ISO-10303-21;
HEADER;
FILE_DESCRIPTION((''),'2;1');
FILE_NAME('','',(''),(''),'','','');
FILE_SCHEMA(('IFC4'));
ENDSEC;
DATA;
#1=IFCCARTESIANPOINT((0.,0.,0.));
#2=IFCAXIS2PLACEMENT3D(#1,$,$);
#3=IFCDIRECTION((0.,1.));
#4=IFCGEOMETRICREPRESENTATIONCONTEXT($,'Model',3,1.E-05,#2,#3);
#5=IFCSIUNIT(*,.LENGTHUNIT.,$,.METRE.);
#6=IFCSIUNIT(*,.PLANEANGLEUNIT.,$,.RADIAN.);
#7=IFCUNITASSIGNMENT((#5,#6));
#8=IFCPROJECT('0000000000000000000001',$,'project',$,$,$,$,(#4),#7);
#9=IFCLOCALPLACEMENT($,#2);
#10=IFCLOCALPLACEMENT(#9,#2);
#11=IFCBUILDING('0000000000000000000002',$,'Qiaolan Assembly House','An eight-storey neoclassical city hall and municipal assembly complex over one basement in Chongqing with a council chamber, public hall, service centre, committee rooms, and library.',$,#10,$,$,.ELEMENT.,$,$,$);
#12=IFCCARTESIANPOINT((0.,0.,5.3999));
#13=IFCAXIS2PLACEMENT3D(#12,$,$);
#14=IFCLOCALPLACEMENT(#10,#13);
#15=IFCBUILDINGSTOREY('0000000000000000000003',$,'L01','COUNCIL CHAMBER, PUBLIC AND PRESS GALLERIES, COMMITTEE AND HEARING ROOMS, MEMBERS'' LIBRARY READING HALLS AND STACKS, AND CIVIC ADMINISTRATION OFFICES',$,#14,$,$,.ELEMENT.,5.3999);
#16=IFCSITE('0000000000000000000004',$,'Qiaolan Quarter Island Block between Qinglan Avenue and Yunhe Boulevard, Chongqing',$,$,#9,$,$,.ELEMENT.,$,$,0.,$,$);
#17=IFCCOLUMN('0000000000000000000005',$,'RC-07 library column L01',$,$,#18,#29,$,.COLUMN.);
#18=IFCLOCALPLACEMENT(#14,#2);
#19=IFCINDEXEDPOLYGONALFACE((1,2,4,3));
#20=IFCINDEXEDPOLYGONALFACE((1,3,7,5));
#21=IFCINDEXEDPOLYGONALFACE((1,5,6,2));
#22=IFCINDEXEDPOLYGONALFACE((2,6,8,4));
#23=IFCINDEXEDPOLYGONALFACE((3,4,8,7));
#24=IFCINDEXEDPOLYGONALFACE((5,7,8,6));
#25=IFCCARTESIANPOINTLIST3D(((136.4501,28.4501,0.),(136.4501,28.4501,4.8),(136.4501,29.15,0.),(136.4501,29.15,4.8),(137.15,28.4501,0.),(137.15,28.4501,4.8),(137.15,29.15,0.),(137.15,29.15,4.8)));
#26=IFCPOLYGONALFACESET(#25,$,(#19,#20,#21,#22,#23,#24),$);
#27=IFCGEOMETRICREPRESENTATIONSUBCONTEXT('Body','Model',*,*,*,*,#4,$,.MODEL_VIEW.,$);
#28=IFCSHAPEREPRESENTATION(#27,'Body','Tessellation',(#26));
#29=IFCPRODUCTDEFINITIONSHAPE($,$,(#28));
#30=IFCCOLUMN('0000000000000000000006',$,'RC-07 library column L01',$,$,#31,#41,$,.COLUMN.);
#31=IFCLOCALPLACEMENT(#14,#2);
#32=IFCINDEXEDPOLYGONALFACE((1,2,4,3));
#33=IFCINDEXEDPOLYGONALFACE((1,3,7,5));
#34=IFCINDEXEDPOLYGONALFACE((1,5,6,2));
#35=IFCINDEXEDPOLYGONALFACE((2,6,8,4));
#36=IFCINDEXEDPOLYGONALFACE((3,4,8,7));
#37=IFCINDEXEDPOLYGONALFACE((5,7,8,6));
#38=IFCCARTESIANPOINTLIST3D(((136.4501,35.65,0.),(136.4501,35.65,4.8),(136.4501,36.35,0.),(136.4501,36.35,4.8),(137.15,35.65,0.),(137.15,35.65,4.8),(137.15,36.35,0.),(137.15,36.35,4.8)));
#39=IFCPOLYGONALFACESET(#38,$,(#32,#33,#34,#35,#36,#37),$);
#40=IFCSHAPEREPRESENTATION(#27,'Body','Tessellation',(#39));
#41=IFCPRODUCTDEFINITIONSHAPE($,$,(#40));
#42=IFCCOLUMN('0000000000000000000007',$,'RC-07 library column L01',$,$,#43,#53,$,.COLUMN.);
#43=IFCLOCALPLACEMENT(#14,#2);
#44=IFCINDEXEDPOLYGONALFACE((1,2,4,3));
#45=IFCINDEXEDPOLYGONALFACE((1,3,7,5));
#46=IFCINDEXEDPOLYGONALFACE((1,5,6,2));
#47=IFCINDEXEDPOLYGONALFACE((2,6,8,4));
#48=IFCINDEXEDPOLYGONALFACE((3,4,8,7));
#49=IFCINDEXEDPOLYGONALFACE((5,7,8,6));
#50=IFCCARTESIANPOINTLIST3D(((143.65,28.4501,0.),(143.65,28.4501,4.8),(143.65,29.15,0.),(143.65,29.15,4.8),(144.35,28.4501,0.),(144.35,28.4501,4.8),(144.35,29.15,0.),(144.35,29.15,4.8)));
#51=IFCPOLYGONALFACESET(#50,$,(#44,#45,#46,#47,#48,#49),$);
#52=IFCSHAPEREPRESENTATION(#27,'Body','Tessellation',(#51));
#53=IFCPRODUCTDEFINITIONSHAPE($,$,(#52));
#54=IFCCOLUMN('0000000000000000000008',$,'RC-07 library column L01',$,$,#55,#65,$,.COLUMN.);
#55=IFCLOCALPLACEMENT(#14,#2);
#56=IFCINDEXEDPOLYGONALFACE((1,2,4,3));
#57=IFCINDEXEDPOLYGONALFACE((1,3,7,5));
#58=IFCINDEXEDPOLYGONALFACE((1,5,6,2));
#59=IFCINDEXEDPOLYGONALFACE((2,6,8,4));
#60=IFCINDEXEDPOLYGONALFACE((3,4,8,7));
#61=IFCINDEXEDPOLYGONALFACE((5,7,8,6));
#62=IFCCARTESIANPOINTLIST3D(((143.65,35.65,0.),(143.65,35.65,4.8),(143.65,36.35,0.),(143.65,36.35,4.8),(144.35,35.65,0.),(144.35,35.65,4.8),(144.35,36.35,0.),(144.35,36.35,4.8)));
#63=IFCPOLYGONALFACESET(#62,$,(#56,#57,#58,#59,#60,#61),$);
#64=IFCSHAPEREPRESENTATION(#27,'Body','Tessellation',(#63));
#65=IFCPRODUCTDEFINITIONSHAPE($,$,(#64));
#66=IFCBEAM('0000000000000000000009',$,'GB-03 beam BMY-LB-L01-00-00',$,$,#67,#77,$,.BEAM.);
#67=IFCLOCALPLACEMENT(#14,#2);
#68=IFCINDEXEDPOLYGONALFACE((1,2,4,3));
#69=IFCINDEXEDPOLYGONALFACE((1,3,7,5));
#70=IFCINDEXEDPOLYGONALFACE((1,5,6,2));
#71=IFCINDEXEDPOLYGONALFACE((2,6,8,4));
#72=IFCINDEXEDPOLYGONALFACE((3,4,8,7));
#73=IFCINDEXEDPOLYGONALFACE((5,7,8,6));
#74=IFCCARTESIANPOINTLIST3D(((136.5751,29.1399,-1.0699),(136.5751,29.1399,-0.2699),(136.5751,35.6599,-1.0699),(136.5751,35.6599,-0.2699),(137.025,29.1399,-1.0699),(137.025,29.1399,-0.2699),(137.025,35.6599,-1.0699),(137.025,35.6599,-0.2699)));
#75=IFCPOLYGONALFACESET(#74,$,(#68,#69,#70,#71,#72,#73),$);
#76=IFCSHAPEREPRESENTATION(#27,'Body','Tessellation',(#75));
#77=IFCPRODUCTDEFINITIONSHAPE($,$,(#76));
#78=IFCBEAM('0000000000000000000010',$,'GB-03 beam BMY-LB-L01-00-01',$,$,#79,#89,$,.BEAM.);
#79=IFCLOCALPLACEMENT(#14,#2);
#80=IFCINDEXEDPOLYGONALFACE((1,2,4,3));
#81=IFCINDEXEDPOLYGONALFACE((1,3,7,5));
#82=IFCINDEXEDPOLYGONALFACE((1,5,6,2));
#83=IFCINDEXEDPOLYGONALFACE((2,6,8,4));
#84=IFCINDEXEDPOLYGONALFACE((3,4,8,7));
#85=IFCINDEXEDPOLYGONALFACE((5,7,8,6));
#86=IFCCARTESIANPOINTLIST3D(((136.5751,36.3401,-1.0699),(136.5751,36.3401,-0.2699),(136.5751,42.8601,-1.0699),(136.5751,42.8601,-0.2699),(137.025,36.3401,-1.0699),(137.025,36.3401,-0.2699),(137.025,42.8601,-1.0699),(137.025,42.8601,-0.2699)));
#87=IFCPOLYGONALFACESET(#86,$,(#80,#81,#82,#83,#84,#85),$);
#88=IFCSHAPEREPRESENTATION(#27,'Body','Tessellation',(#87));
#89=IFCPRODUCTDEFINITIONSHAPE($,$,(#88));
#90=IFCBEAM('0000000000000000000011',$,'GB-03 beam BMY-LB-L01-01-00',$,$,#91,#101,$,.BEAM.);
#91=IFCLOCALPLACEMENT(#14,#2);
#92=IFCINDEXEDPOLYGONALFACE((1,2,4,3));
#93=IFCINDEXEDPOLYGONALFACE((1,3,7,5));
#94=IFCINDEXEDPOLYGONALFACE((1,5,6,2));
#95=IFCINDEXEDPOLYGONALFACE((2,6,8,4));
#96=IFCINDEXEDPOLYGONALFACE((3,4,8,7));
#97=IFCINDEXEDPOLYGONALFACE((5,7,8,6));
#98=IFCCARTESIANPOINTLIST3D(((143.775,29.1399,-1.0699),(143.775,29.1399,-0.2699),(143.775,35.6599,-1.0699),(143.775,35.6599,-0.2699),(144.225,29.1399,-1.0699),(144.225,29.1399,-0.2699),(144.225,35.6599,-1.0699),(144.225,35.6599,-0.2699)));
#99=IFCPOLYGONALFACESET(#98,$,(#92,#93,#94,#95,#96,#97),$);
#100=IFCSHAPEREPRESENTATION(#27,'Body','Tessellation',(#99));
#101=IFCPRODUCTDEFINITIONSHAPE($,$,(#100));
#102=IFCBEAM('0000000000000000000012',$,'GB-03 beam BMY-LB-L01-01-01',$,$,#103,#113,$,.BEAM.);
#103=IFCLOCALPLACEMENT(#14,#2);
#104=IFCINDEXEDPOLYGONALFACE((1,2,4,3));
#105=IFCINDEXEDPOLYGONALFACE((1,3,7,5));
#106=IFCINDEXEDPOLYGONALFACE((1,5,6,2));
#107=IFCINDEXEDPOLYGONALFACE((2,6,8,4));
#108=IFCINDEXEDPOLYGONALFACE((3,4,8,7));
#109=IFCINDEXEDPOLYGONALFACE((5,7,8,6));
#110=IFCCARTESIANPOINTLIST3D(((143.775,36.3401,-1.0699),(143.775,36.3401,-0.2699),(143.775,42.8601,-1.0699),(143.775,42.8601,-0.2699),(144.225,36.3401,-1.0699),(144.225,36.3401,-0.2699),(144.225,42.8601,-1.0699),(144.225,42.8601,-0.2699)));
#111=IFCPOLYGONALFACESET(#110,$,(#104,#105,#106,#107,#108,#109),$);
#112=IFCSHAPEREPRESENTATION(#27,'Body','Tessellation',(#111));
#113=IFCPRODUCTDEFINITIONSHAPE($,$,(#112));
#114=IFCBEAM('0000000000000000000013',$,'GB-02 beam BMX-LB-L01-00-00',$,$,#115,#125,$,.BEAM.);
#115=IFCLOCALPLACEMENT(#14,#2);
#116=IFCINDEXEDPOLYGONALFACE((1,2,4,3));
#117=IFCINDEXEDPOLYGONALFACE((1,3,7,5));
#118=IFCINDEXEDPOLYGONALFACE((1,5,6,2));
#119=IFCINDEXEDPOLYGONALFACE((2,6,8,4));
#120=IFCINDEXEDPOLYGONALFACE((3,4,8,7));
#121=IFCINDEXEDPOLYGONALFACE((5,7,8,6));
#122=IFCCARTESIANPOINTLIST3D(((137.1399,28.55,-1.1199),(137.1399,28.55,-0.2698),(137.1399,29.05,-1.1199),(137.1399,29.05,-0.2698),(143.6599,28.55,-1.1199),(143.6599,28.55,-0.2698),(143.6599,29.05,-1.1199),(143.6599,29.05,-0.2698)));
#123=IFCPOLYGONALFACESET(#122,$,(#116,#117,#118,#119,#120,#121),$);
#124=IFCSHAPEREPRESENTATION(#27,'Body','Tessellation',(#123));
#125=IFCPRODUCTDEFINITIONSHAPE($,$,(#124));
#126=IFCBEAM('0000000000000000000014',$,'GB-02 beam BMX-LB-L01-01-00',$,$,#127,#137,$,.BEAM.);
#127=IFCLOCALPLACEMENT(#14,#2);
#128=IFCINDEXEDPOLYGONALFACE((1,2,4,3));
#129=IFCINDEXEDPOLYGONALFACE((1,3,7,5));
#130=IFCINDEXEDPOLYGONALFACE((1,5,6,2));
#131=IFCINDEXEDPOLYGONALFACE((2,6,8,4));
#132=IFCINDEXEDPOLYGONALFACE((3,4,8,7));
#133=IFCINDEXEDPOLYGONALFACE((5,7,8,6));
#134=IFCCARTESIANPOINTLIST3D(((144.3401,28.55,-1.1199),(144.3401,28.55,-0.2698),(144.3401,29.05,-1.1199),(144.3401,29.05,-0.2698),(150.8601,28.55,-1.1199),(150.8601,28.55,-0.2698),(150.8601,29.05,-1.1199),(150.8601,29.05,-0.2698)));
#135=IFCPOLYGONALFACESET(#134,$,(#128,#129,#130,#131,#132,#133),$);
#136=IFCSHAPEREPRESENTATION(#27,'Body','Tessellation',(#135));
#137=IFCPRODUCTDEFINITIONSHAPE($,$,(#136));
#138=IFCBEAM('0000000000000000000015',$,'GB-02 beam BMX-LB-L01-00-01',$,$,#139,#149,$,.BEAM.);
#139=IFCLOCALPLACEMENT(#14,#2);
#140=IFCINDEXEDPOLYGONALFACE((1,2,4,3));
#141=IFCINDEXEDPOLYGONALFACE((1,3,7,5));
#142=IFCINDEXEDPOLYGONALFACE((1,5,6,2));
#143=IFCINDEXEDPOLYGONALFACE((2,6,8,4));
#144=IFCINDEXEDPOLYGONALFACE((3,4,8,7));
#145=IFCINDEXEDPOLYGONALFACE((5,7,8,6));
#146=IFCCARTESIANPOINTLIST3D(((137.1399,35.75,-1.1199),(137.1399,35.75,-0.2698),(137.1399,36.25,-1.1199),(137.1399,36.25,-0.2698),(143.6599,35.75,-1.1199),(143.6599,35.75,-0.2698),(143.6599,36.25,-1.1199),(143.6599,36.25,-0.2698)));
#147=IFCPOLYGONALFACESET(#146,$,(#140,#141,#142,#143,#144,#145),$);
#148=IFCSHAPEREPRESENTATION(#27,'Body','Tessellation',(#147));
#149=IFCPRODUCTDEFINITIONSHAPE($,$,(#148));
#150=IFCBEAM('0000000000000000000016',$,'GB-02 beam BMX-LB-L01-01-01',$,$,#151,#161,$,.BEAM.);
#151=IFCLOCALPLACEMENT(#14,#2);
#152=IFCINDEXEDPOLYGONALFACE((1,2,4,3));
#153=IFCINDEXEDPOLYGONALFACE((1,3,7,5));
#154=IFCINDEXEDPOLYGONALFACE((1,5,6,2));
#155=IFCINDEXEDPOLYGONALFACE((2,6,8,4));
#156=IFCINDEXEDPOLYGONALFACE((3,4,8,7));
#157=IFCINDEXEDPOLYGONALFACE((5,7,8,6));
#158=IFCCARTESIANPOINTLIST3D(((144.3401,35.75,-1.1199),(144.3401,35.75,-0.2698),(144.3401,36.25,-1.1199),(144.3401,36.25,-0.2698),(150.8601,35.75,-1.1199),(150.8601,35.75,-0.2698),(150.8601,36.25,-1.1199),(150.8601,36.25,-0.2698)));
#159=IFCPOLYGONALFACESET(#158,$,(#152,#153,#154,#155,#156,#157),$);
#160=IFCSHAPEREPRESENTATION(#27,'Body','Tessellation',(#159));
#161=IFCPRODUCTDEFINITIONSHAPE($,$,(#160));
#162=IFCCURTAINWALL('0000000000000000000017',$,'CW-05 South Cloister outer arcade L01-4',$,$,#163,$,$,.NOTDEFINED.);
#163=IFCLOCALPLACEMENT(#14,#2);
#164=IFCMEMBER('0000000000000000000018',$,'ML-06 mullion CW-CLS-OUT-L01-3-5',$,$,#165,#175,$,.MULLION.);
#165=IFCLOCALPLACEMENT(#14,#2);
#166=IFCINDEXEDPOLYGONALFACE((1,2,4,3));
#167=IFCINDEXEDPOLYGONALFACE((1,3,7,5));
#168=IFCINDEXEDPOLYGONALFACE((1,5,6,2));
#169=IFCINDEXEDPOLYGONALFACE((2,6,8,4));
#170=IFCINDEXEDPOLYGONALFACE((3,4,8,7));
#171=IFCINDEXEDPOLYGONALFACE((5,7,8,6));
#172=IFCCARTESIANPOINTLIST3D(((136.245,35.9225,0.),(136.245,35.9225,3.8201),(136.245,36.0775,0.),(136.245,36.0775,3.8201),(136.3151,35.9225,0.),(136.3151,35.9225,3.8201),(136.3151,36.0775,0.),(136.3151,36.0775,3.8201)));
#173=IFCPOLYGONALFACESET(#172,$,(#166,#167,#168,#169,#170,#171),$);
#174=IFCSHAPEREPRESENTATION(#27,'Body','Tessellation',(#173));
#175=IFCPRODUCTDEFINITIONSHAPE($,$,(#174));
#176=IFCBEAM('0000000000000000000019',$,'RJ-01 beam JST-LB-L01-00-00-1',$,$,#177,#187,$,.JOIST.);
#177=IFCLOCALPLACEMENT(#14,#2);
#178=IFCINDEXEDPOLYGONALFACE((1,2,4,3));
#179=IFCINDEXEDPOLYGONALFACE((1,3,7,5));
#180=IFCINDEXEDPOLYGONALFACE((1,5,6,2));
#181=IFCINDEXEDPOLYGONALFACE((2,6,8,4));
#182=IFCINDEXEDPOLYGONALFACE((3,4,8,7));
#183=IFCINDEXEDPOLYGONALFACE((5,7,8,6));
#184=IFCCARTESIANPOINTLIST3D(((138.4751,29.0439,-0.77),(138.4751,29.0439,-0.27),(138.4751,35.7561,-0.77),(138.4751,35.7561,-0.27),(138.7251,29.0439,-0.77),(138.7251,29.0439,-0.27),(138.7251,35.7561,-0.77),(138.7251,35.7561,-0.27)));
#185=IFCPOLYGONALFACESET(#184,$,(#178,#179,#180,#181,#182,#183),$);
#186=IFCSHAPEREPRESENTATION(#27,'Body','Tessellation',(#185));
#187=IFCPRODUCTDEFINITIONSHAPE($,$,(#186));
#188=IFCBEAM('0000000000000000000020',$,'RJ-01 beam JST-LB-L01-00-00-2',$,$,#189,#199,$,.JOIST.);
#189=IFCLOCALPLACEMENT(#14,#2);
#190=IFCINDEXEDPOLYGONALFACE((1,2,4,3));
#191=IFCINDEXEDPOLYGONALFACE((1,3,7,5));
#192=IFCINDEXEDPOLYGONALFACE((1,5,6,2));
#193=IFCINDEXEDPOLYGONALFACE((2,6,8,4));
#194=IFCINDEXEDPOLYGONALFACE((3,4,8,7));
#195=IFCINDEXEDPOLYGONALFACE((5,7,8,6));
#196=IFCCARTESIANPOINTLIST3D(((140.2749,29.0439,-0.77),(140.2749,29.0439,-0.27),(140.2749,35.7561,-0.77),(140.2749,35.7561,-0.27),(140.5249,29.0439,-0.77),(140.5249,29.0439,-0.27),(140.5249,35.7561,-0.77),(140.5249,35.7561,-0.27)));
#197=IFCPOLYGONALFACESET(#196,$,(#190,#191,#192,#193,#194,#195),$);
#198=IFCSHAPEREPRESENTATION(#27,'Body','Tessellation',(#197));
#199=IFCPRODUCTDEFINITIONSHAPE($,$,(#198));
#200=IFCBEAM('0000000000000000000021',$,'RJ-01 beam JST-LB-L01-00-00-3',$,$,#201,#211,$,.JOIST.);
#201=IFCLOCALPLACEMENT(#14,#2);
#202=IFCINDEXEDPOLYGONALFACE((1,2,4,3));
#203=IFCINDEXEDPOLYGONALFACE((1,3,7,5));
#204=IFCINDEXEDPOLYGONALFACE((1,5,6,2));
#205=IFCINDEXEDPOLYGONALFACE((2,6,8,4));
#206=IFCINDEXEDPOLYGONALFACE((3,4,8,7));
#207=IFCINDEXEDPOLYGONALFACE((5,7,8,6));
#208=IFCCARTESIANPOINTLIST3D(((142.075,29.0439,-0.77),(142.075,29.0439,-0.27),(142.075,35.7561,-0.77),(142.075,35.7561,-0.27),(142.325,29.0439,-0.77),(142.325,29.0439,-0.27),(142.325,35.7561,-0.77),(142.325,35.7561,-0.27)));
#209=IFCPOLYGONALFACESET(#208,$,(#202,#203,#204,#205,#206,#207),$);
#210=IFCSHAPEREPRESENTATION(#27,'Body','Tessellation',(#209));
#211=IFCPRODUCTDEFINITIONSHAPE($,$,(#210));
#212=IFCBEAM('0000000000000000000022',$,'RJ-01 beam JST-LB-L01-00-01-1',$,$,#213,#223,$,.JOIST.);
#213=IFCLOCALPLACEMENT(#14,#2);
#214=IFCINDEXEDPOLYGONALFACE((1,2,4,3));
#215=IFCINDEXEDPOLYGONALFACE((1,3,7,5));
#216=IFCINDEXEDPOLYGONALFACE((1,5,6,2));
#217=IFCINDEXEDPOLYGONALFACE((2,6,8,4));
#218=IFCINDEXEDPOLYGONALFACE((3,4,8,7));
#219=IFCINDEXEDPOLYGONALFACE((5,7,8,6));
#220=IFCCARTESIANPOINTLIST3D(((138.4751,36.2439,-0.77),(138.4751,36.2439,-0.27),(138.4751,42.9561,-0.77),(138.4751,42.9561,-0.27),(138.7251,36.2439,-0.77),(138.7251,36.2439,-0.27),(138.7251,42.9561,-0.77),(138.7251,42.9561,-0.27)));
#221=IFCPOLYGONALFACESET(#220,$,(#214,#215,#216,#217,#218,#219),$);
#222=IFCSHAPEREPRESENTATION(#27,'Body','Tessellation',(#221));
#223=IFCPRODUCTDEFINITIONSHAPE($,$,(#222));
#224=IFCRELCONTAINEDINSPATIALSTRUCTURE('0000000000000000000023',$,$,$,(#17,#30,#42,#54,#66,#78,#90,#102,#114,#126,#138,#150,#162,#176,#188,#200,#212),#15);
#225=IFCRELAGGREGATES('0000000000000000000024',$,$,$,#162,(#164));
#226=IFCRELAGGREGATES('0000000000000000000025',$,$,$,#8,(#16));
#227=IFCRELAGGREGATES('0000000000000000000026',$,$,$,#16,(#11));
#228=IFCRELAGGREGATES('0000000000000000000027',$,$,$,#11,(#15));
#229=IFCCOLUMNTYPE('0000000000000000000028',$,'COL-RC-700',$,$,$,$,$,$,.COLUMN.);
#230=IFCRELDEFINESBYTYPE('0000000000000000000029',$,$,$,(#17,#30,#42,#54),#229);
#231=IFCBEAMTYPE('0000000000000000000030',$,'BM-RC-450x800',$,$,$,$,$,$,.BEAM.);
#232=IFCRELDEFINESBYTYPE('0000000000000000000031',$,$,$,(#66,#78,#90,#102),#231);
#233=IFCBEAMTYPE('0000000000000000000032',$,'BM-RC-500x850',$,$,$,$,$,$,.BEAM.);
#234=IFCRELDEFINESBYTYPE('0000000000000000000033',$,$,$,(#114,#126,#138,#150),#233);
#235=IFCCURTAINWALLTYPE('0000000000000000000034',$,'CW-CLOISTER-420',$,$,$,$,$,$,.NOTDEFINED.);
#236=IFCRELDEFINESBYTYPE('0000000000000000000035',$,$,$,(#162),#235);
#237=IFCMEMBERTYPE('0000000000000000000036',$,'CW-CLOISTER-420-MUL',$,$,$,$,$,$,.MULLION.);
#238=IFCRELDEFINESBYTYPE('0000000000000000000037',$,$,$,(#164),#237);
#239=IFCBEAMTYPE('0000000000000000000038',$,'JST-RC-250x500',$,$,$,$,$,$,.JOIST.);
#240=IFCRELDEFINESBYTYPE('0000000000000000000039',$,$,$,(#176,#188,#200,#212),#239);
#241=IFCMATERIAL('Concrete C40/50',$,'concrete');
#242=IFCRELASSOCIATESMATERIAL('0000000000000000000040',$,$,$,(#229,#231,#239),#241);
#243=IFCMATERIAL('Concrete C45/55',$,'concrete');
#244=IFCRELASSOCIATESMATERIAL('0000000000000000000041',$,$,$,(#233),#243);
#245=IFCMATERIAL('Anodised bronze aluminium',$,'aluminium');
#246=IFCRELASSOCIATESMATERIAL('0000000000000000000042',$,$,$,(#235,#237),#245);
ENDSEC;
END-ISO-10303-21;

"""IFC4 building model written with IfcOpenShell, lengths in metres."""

from ifc_helpers import new_model, si_unit, direction, frame, origin, origin_2d, place, context, subcontext, project, spatial, rectangle, extrude, material, material_profile, profile_set, type_object, element, aggregate, save


model = new_model("IFC4")

# Units and contexts
model_context = context("Model", 3, precision=1e-05, world=origin(), true_north=direction((0.0, 1.0)))
body_context = subcontext(model_context, "Body", "Model", "MODEL_VIEW")
ifc_project = project(units=[si_unit("LENGTHUNIT", "METRE"), si_unit("PLANEANGLEUNIT", "RADIAN")], contexts=[model_context])

# Site, building, storey
site_placement = place(None, origin())
site = spatial("IfcSite", under=ifc_project, at=site_placement, Name="Qiaolan Quarter Island Block between Qinglan Avenue and Yunhe Boulevard, Chongqing", CompositionType="ELEMENT", RefElevation=0.0)
building_placement = place(site_placement, origin())
building = spatial("IfcBuilding", under=site, at=building_placement, Name="Qiaolan Assembly House", Description="An eight-storey neoclassical city hall and municipal assembly complex over one basement in Chongqing with a council chamber, public hall, service centre, committee rooms, and library.", CompositionType="ELEMENT")
storey_placement = place(building_placement, frame((0.0, 0.0, 5.3999)))
storey = spatial("IfcBuildingStorey", under=building, at=storey_placement, Name="L01", Description="COUNCIL CHAMBER, PUBLIC AND PRESS GALLERIES, COMMITTEE AND HEARING ROOMS, MEMBERS' LIBRARY READING HALLS AND STACKS, AND CIVIC ADMINISTRATION OFFICES", CompositionType="ELEMENT", Elevation=5.3999)

# Columns
ifc_material_1 = material(Name="Concrete C40/50", Category="concrete")
ifc_material_profile_1 = material_profile(ifc_material_1, rectangle(XDim=0.7, YDim=0.7, at=origin_2d()), Name="RC 700x700")
ifc_profile_set_1 = profile_set([ifc_material_profile_1], Name="Concrete C40/50")
column_type = type_object("IfcColumnType", Name="COL-RC-700", PredefinedType="COLUMN", material=ifc_profile_set_1)
for number, where, z_axis, x_axis, name in (
    (1, (136.8, 28.8, 0.0), (0.0, 0.0, 1.0), (1.0, 0.0, 0.0), "RC-07 library column L01"),
    (2, (136.8, 36.0, 0.0), (0.0, 0.0, 1.0), (1.0, 0.0, 0.0), "RC-07 library column L01"),
    (3, (144.0, 28.8, 0.0), (0.0, 0.0, 1.0), (1.0, 0.0, 0.0), "RC-07 library column L01"),
    (4, (144.0, 36.0, 0.0), (0.0, 0.0, 1.0), (1.0, 0.0, 0.0), "RC-07 library column L01"),
):
    element("IfcColumn", number, at=place(storey_placement, frame(where, z_axis=z_axis, x_axis=x_axis)), inside=storey, type_object=column_type, Name=name, PredefinedType="COLUMN", context=body_context, shape_type="SweptSolid", body=[
        extrude(rectangle(XDim=0.7, YDim=0.7, at=origin_2d()), origin(), (0.0, 0.0, 1.0), 4.8),
    ])

# Beams
ifc_material_profile_2 = material_profile(ifc_material_1, rectangle(XDim=0.45, YDim=0.8, at=origin_2d()), Name="RCB 450x800")
ifc_profile_set_2 = profile_set([ifc_material_profile_2], Name="Concrete C40/50")
beam_type_1 = type_object("IfcBeamType", Name="BM-RC-450x800", PredefinedType="BEAM", material=ifc_profile_set_2)
for number, where, z_axis, x_axis, name in (
    (5, (136.8, 29.1399, -0.6699), (0.0, 1.0, 0.0), (-1.0, 0.0, 0.0), "GB-03 beam BMY-LB-L01-00-00"),
    (6, (136.8, 36.3401, -0.6699), (0.0, 1.0, 0.0), (-1.0, 0.0, 0.0), "GB-03 beam BMY-LB-L01-00-01"),
    (7, (144.0, 29.1399, -0.6699), (0.0, 1.0, 0.0), (-1.0, 0.0, 0.0), "GB-03 beam BMY-LB-L01-01-00"),
    (8, (144.0, 36.3401, -0.6699), (0.0, 1.0, 0.0), (-1.0, 0.0, 0.0), "GB-03 beam BMY-LB-L01-01-01"),
):
    element("IfcBeam", number, at=place(storey_placement, frame(where, z_axis=z_axis, x_axis=x_axis)), inside=storey, type_object=beam_type_1, Name=name, PredefinedType="BEAM", context=body_context, shape_type="SweptSolid", body=[
        extrude(rectangle(XDim=0.45, YDim=0.8, at=origin_2d()), origin(), (0.0, 0.0, 1.0), 6.52),
    ])
ifc_material_2 = material(Name="Concrete C45/55", Category="concrete")
ifc_material_profile_3 = material_profile(ifc_material_2, rectangle(XDim=0.5, YDim=0.8501, at=origin_2d()), Name="RCB 500x850")
ifc_profile_set_3 = profile_set([ifc_material_profile_3], Name="Concrete C45/55")
beam_type_2 = type_object("IfcBeamType", Name="BM-RC-500x850", PredefinedType="BEAM", material=ifc_profile_set_3)
for number, where, z_axis, x_axis, name in (
    (9, (137.1399, 28.8, -0.6948), (1.0, 0.0, 0.0), (0.0, 1.0, 0.0), "GB-02 beam BMX-LB-L01-00-00"),
    (10, (144.3401, 28.8, -0.6948), (1.0, 0.0, 0.0), (0.0, 1.0, 0.0), "GB-02 beam BMX-LB-L01-01-00"),
    (11, (137.1399, 36.0, -0.6948), (1.0, 0.0, 0.0), (0.0, 1.0, 0.0), "GB-02 beam BMX-LB-L01-00-01"),
    (12, (144.3401, 36.0, -0.6948), (1.0, 0.0, 0.0), (0.0, 1.0, 0.0), "GB-02 beam BMX-LB-L01-01-01"),
):
    element("IfcBeam", number, at=place(storey_placement, frame(where, z_axis=z_axis, x_axis=x_axis)), inside=storey, type_object=beam_type_2, Name=name, PredefinedType="BEAM", context=body_context, shape_type="SweptSolid", body=[
        extrude(rectangle(XDim=0.5, YDim=0.8501, at=origin_2d()), origin(), (0.0, 0.0, 1.0), 6.52),
    ])

# Curtain wall, member
ifc_material_3 = material(Name="Anodised bronze aluminium", Category="aluminium")
curtain_wall_type = type_object("IfcCurtainWallType", Name="CW-CLOISTER-420", PredefinedType="NOTDEFINED", material=ifc_material_3)
curtain_wall_1_placement = place(storey_placement, origin())
curtain_wall_1 = element("IfcCurtainWall", 13, at=curtain_wall_1_placement, inside=storey, type_object=curtain_wall_type, Name="CW-05 South Cloister outer arcade L01-4", PredefinedType="NOTDEFINED")
ifc_material_profile_4 = material_profile(ifc_material_3, rectangle(XDim=0.0701, YDim=0.155, at=origin_2d()), Name="MUL 70x155")
ifc_profile_set_4 = profile_set([ifc_material_profile_4], Name="Anodised bronze aluminium")
member_type = type_object("IfcMemberType", Name="CW-CLOISTER-420-MUL", PredefinedType="MULLION", material=ifc_profile_set_4)
member_placement = place(storey_placement, frame((136.28, 36.0, 0.0), z_axis=(0.0, 0.0, 1.0), x_axis=(1.0, 0.0, 0.0)))
member = element("IfcMember", 14, at=member_placement, type_object=member_type, Name="ML-06 mullion CW-CLS-OUT-L01-3-5", PredefinedType="MULLION", context=body_context, shape_type="SweptSolid", body=[
    extrude(rectangle(XDim=0.0701, YDim=0.155, at=origin_2d()), origin(), (0.0, 0.0, 1.0), 3.8201),
])
aggregate(curtain_wall_1, [member])

# Beams
ifc_material_profile_5 = material_profile(ifc_material_1, rectangle(XDim=0.25, YDim=0.5, at=origin_2d()), Name="RCB 250x500")
ifc_profile_set_5 = profile_set([ifc_material_profile_5], Name="Concrete C40/50")
beam_type_3 = type_object("IfcBeamType", Name="JST-RC-250x500", PredefinedType="JOIST", material=ifc_profile_set_5)
for number, where, z_axis, x_axis, name in (
    (15, (138.6001, 29.0439, -0.52), (0.0, 1.0, 0.0), (-1.0, 0.0, 0.0), "RJ-01 beam JST-LB-L01-00-00-1"),
    (16, (140.3999, 29.0439, -0.52), (0.0, 1.0, 0.0), (-1.0, 0.0, 0.0), "RJ-01 beam JST-LB-L01-00-00-2"),
    (17, (142.2, 29.0439, -0.52), (0.0, 1.0, 0.0), (-1.0, 0.0, 0.0), "RJ-01 beam JST-LB-L01-00-00-3"),
    (18, (138.6001, 36.2439, -0.52), (0.0, 1.0, 0.0), (-1.0, 0.0, 0.0), "RJ-01 beam JST-LB-L01-00-01-1"),
):
    element("IfcBeam", number, at=place(storey_placement, frame(where, z_axis=z_axis, x_axis=x_axis)), inside=storey, type_object=beam_type_3, Name=name, PredefinedType="JOIST", context=body_context, shape_type="SweptSolid", body=[
        extrude(rectangle(XDim=0.25, YDim=0.5, at=origin_2d()), origin(), (0.0, 0.0, 1.0), 6.7122),
    ])

save(model, "model.ifc")
